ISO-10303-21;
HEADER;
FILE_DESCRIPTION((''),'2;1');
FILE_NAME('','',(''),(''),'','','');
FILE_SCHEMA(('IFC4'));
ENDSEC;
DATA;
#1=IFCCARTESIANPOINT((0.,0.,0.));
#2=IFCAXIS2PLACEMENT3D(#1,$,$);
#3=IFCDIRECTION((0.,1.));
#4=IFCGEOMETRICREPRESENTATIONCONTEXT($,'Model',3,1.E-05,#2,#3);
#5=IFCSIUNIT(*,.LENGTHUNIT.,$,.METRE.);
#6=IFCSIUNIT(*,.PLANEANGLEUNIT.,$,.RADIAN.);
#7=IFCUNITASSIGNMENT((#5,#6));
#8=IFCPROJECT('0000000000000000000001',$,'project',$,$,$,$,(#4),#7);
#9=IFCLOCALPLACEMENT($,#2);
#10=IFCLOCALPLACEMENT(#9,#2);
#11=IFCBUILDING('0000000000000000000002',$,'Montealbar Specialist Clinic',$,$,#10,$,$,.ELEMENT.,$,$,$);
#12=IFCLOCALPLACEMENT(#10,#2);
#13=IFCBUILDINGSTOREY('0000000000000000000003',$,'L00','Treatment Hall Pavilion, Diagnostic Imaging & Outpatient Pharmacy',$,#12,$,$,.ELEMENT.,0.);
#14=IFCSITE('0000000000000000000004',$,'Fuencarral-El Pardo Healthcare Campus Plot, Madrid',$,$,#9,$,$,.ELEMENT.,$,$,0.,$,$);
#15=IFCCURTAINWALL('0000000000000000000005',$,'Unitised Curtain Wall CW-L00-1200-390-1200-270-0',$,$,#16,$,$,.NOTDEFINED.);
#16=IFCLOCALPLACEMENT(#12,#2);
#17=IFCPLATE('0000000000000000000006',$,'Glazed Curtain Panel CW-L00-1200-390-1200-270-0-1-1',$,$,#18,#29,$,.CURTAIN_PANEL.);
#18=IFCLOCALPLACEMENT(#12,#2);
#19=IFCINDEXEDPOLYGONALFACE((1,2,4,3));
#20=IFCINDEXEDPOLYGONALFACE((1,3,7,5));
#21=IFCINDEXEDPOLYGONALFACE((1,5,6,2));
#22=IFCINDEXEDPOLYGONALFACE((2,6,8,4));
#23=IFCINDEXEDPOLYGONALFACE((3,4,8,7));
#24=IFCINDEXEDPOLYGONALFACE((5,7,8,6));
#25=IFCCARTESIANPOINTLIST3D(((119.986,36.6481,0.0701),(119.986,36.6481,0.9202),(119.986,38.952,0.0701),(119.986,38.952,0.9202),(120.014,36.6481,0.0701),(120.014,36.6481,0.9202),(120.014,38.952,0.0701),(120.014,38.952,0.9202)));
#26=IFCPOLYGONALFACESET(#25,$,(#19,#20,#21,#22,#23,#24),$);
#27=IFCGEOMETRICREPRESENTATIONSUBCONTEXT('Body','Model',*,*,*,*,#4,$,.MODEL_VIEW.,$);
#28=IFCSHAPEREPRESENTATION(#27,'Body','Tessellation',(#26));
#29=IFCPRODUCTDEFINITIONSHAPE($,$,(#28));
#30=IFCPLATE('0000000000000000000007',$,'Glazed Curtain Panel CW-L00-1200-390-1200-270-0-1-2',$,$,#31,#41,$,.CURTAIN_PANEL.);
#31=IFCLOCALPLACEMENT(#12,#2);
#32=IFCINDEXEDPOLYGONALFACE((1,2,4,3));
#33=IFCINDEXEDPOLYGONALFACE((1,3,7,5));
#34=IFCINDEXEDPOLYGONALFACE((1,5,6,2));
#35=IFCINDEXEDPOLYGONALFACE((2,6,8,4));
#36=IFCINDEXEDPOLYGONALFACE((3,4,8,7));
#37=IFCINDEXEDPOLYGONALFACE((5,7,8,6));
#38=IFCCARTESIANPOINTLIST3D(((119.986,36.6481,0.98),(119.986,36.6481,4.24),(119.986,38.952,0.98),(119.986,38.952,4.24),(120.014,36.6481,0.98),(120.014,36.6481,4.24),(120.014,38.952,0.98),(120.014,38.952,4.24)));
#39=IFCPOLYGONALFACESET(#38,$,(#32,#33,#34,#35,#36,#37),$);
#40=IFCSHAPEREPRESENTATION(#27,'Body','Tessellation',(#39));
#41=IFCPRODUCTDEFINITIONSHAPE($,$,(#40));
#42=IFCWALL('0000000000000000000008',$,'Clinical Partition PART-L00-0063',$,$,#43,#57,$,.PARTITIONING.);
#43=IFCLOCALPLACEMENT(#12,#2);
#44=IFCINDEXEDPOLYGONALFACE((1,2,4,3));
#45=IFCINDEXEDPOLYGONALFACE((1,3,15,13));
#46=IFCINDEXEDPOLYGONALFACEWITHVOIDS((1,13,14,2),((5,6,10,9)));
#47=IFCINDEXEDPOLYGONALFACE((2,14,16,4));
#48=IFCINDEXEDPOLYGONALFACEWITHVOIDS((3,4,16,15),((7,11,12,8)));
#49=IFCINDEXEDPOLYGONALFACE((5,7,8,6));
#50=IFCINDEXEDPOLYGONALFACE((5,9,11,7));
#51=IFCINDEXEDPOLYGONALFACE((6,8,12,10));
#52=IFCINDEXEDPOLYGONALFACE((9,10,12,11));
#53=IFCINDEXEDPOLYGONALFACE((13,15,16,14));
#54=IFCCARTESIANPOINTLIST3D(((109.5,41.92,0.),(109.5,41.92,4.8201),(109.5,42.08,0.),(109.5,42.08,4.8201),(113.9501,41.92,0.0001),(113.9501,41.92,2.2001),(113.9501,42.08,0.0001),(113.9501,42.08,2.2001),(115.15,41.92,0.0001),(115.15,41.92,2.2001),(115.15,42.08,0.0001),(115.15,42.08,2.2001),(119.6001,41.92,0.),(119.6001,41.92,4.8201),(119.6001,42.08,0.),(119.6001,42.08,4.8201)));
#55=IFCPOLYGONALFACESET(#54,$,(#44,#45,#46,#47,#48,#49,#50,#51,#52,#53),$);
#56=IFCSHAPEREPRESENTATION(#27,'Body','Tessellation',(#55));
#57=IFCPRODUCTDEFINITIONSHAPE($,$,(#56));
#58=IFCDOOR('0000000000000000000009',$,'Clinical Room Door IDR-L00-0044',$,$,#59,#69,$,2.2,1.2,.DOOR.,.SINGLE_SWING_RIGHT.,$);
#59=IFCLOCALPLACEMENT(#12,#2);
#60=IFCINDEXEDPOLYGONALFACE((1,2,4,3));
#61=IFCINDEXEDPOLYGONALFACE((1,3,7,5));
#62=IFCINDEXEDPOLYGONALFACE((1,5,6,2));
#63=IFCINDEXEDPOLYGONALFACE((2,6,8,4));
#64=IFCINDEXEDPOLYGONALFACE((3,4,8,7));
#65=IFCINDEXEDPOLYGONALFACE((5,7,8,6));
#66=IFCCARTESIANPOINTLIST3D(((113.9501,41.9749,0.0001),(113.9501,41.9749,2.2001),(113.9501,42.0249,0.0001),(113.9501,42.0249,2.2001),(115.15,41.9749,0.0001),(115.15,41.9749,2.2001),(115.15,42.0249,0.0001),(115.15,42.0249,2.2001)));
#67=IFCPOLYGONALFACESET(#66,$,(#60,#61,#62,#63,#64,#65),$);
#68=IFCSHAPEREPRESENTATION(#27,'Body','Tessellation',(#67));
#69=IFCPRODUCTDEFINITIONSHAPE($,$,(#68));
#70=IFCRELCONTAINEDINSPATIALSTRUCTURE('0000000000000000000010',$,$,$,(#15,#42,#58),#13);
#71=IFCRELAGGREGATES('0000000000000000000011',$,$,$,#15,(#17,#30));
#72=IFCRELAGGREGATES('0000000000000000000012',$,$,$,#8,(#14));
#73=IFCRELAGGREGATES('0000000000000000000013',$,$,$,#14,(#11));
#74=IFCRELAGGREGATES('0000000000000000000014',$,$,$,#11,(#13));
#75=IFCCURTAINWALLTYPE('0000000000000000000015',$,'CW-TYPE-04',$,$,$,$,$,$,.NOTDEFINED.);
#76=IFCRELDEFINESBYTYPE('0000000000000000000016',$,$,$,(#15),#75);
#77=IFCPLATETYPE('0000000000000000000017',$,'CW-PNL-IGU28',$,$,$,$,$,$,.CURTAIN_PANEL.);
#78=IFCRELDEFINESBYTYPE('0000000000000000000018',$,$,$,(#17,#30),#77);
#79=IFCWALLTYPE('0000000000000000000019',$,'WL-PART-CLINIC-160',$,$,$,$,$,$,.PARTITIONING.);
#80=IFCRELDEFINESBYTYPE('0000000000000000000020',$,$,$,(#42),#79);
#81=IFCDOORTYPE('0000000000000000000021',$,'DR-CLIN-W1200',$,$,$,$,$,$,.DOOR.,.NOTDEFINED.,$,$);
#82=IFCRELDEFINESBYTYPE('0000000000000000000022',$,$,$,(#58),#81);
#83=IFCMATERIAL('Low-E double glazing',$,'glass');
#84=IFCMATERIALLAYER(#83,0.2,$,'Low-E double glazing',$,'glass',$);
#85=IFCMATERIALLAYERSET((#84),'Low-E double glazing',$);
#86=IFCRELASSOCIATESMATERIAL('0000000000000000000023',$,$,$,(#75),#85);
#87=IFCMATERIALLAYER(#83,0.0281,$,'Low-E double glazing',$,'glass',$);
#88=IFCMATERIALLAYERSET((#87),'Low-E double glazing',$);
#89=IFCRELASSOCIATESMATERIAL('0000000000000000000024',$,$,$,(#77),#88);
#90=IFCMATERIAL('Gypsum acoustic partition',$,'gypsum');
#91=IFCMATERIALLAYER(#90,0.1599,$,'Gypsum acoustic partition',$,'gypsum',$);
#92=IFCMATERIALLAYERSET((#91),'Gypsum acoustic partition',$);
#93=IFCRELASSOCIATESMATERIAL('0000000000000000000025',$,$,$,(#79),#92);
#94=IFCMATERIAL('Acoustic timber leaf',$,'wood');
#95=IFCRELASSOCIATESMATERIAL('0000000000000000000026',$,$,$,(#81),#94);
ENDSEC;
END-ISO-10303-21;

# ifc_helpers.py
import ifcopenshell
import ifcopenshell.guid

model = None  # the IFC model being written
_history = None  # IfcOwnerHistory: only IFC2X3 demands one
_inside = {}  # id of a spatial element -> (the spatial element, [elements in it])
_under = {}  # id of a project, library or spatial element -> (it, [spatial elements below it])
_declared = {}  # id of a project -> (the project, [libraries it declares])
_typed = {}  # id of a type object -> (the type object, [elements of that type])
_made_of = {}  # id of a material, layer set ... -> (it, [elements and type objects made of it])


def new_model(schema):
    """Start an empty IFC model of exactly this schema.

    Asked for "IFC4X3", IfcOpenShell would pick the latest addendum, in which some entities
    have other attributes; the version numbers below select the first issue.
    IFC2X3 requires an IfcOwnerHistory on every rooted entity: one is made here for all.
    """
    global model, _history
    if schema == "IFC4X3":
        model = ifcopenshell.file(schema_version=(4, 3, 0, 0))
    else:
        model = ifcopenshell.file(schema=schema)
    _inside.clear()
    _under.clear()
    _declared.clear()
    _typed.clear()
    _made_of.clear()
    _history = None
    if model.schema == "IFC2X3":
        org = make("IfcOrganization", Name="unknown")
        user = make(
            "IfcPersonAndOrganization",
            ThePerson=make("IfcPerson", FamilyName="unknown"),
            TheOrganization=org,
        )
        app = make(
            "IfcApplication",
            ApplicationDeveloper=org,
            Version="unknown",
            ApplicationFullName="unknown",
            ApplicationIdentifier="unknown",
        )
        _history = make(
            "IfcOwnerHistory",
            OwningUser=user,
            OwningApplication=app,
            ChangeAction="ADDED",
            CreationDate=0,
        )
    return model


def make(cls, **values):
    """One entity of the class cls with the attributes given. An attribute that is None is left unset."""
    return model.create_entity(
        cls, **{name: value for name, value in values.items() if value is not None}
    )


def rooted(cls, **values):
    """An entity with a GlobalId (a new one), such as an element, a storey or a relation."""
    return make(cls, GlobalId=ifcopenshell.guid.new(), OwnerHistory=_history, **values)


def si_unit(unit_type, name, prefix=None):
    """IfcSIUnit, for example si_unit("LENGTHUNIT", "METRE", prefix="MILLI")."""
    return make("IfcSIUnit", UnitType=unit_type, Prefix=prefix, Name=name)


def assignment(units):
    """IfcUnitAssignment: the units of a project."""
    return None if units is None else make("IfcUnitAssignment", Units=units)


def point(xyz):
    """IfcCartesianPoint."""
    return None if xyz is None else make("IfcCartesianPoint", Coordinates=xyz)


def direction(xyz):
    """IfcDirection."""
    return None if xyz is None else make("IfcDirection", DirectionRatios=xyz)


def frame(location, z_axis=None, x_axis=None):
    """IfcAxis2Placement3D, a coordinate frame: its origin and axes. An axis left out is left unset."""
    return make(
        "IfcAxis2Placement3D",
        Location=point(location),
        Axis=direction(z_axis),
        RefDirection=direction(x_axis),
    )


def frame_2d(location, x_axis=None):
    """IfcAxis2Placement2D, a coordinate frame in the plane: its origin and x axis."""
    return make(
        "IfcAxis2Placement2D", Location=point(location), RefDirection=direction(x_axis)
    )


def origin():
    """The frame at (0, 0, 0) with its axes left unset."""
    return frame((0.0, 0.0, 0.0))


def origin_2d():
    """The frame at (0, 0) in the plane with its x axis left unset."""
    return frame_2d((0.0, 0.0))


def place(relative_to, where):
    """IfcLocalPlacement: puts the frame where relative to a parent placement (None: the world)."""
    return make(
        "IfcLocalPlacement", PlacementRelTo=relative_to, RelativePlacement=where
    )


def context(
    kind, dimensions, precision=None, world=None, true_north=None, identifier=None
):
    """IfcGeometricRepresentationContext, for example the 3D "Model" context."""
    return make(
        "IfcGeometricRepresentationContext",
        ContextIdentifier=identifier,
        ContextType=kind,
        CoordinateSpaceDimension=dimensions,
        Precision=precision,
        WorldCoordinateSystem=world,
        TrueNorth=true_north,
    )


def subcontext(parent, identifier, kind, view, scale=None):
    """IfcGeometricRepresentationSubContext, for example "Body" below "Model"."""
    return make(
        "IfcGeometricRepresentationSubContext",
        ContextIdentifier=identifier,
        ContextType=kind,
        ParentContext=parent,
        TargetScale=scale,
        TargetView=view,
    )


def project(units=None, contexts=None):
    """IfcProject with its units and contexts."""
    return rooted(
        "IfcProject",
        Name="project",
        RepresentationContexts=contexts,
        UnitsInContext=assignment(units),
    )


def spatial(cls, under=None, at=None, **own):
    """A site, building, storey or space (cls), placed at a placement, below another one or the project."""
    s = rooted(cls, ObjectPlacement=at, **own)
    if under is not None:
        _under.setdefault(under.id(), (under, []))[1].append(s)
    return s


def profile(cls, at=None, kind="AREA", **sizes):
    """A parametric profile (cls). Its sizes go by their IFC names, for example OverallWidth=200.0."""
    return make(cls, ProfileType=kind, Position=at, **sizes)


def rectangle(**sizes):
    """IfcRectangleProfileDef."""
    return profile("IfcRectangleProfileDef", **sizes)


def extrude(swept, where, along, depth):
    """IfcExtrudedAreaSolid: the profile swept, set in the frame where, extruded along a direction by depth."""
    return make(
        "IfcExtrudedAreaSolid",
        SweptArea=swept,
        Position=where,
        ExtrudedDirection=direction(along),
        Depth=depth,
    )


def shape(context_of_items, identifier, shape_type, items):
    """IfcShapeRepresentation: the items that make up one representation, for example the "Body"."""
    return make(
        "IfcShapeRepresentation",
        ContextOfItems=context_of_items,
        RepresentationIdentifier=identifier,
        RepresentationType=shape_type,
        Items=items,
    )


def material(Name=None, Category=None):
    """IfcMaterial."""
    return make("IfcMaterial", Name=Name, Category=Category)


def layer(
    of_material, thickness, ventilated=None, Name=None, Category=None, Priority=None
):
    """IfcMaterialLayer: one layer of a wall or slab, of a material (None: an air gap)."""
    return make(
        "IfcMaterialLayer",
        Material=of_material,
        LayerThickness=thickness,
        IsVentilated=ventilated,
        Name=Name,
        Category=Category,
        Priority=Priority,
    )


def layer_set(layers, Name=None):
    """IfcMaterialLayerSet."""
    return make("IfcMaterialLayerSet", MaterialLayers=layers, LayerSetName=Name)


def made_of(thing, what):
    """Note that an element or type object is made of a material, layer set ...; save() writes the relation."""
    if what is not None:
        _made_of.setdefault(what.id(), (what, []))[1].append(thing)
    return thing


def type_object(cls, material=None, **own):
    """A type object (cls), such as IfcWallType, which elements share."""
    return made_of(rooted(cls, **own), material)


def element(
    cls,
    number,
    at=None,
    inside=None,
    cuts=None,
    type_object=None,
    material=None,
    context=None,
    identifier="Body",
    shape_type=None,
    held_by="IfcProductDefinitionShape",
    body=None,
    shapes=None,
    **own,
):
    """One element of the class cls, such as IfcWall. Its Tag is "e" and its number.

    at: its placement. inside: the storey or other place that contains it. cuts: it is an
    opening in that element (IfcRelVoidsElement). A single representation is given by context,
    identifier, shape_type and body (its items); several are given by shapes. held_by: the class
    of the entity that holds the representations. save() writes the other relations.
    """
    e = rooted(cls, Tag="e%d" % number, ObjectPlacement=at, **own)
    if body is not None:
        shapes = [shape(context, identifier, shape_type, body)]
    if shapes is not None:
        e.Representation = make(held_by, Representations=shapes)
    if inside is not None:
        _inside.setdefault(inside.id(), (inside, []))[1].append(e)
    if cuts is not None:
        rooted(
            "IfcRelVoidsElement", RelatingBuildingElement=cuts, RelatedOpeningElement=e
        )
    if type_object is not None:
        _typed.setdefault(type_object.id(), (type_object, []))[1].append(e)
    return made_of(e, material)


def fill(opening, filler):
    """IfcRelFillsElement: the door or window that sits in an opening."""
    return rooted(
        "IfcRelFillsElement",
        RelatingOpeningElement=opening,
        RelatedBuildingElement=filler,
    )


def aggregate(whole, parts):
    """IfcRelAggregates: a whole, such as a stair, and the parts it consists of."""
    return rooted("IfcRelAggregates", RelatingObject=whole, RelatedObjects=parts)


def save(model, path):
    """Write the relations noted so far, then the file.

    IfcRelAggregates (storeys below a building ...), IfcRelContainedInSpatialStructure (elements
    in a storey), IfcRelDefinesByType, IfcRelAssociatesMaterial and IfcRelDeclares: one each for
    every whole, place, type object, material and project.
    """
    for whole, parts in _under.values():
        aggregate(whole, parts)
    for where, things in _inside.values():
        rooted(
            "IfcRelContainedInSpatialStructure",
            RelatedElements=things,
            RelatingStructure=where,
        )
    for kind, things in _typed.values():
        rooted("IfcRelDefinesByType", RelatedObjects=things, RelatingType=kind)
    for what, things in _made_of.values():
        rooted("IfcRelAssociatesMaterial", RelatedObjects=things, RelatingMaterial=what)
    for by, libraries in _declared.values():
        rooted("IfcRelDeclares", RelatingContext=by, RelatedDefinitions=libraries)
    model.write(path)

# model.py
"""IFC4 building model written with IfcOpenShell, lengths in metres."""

from ifc_helpers import new_model, si_unit, direction, frame, frame_2d, origin, origin_2d, place, context, subcontext, project, spatial, rectangle, extrude, material, layer, layer_set, type_object, element, fill, aggregate, save


model = new_model("IFC4")

# Units and contexts
model_context = context("Model", 3, precision=1e-05, world=origin(), true_north=direction((0.0, 1.0)))
body_context = subcontext(model_context, "Body", "Model", "MODEL_VIEW")
ifc_project = project(units=[si_unit("LENGTHUNIT", "METRE"), si_unit("PLANEANGLEUNIT", "RADIAN")], contexts=[model_context])

# Site, building, storey
site_placement = place(None, origin())
site = spatial("IfcSite", under=ifc_project, at=site_placement, Name="Fuencarral-El Pardo Healthcare Campus Plot, Madrid", CompositionType="ELEMENT", RefElevation=0.0)
building_placement = place(site_placement, origin())
building = spatial("IfcBuilding", under=site, at=building_placement, Name="Montealbar Specialist Clinic", CompositionType="ELEMENT")
storey_placement = place(building_placement, origin())
storey = spatial("IfcBuildingStorey", under=building, at=storey_placement, Name="L00", Description="Treatment Hall Pavilion, Diagnostic Imaging & Outpatient Pharmacy", CompositionType="ELEMENT", Elevation=0.0)

# Curtain wall
ifc_material_1 = material(Name="Low-E double glazing", Category="glass")
ifc_layer_1 = layer(ifc_material_1, 0.2, Name="Low-E double glazing", Category="glass")
ifc_layer_set_1 = layer_set([ifc_layer_1], Name="Low-E double glazing")
curtain_wall_type_1 = type_object("IfcCurtainWallType", Name="CW-TYPE-04", PredefinedType="NOTDEFINED", material=ifc_layer_set_1)
curtain_wall_1_placement = place(storey_placement, origin())
curtain_wall_1 = element("IfcCurtainWall", 1, at=curtain_wall_1_placement, inside=storey, type_object=curtain_wall_type_1, Name="Unitised Curtain Wall CW-L00-1200-390-1200-270-0", PredefinedType="NOTDEFINED")

# Plates
ifc_layer_2 = layer(ifc_material_1, 0.0281, Name="Low-E double glazing", Category="glass")
ifc_layer_set_2 = layer_set([ifc_layer_2], Name="Low-E double glazing")
plate_type = type_object("IfcPlateType", Name="CW-PNL-IGU28", PredefinedType="CURTAIN_PANEL", material=ifc_layer_set_2)
plate_1_placement = place(storey_placement, frame((120.0, 37.8, 0.0701), z_axis=(0.0, 0.0, 1.0), x_axis=(0.0, -1.0, 0.0)))
plate_1 = element("IfcPlate", 2, at=plate_1_placement, type_object=plate_type, Name="Glazed Curtain Panel CW-L00-1200-390-1200-270-0-1-1", PredefinedType="CURTAIN_PANEL", context=body_context, shape_type="SweptSolid", body=[
    extrude(rectangle(XDim=2.304, YDim=0.0281, at=origin_2d()), origin(), (0.0, 0.0, 1.0), 0.8501),
])
plate_2_placement = place(storey_placement, frame((120.0, 37.8, 0.98), z_axis=(0.0, 0.0, 1.0), x_axis=(0.0, -1.0, 0.0)))
plate_2 = element("IfcPlate", 3, at=plate_2_placement, type_object=plate_type, Name="Glazed Curtain Panel CW-L00-1200-390-1200-270-0-1-2", PredefinedType="CURTAIN_PANEL", context=body_context, shape_type="SweptSolid", body=[
    extrude(rectangle(XDim=2.304, YDim=0.0281, at=origin_2d()), origin(), (0.0, 0.0, 1.0), 3.26),
])
aggregate(curtain_wall_1, [plate_1, plate_2])

# Wall, opening, door
ifc_material_2 = material(Name="Gypsum acoustic partition", Category="gypsum")
ifc_layer_3 = layer(ifc_material_2, 0.1599, Name="Gypsum acoustic partition", Category="gypsum")
ifc_layer_set_3 = layer_set([ifc_layer_3], Name="Gypsum acoustic partition")
wall_type = type_object("IfcWallType", Name="WL-PART-CLINIC-160", PredefinedType="PARTITIONING", material=ifc_layer_set_3)
wall_placement = place(storey_placement, frame((109.5, 42.0, 0.0), z_axis=(0.0, 0.0, 1.0), x_axis=(1.0, 0.0, 0.0)))
wall = element("IfcWall", 4, at=wall_placement, inside=storey, type_object=wall_type, Name="Clinical Partition PART-L00-0063", PredefinedType="PARTITIONING", context=body_context, shape_type="SweptSolid", body=[
    extrude(rectangle(XDim=10.1001, YDim=0.1599, at=frame_2d((5.05, 0.0))), origin(), (0.0, 0.0, 1.0), 4.8201),
])
opening_placement = place(wall_placement, frame((4.45, 0.0, 0.0)))
opening = element("IfcOpeningElement", 5, at=opening_placement, cuts=wall, PredefinedType="OPENING", context=body_context, shape_type="SweptSolid", body=[
    extrude(rectangle(XDim=1.2, YDim=2.2, at=frame_2d((0.6001, 1.1001))), frame((0.0, 0.0898, 0.0), z_axis=(0.0, -1.0, 0.0), x_axis=(1.0, 0.0, 0.0)), (0.0, 0.0, 1.0), 0.1799),
])
ifc_material_3 = material(Name="Acoustic timber leaf", Category="wood")
door_type = type_object("IfcDoorType", Name="DR-CLIN-W1200", OperationType="NOTDEFINED", PredefinedType="DOOR", material=ifc_material_3)
door_placement = place(opening_placement, origin())
door = element("IfcDoor", 6, at=door_placement, inside=storey, type_object=door_type, Name="Clinical Room Door IDR-L00-0044", OperationType="SINGLE_SWING_RIGHT", OverallHeight=2.2, OverallWidth=1.2, PredefinedType="DOOR", context=body_context, shape_type="SweptSolid", body=[
    extrude(rectangle(XDim=1.2, YDim=2.2, at=frame_2d((0.6001, 1.1001))), frame((0.0, 0.0249, 0.0), z_axis=(0.0, -1.0, 0.0), x_axis=(1.0, 0.0, 0.0)), (0.0, 0.0, 1.0), 0.05),
])
fill(opening, door)

save(model, "model.ifc")
